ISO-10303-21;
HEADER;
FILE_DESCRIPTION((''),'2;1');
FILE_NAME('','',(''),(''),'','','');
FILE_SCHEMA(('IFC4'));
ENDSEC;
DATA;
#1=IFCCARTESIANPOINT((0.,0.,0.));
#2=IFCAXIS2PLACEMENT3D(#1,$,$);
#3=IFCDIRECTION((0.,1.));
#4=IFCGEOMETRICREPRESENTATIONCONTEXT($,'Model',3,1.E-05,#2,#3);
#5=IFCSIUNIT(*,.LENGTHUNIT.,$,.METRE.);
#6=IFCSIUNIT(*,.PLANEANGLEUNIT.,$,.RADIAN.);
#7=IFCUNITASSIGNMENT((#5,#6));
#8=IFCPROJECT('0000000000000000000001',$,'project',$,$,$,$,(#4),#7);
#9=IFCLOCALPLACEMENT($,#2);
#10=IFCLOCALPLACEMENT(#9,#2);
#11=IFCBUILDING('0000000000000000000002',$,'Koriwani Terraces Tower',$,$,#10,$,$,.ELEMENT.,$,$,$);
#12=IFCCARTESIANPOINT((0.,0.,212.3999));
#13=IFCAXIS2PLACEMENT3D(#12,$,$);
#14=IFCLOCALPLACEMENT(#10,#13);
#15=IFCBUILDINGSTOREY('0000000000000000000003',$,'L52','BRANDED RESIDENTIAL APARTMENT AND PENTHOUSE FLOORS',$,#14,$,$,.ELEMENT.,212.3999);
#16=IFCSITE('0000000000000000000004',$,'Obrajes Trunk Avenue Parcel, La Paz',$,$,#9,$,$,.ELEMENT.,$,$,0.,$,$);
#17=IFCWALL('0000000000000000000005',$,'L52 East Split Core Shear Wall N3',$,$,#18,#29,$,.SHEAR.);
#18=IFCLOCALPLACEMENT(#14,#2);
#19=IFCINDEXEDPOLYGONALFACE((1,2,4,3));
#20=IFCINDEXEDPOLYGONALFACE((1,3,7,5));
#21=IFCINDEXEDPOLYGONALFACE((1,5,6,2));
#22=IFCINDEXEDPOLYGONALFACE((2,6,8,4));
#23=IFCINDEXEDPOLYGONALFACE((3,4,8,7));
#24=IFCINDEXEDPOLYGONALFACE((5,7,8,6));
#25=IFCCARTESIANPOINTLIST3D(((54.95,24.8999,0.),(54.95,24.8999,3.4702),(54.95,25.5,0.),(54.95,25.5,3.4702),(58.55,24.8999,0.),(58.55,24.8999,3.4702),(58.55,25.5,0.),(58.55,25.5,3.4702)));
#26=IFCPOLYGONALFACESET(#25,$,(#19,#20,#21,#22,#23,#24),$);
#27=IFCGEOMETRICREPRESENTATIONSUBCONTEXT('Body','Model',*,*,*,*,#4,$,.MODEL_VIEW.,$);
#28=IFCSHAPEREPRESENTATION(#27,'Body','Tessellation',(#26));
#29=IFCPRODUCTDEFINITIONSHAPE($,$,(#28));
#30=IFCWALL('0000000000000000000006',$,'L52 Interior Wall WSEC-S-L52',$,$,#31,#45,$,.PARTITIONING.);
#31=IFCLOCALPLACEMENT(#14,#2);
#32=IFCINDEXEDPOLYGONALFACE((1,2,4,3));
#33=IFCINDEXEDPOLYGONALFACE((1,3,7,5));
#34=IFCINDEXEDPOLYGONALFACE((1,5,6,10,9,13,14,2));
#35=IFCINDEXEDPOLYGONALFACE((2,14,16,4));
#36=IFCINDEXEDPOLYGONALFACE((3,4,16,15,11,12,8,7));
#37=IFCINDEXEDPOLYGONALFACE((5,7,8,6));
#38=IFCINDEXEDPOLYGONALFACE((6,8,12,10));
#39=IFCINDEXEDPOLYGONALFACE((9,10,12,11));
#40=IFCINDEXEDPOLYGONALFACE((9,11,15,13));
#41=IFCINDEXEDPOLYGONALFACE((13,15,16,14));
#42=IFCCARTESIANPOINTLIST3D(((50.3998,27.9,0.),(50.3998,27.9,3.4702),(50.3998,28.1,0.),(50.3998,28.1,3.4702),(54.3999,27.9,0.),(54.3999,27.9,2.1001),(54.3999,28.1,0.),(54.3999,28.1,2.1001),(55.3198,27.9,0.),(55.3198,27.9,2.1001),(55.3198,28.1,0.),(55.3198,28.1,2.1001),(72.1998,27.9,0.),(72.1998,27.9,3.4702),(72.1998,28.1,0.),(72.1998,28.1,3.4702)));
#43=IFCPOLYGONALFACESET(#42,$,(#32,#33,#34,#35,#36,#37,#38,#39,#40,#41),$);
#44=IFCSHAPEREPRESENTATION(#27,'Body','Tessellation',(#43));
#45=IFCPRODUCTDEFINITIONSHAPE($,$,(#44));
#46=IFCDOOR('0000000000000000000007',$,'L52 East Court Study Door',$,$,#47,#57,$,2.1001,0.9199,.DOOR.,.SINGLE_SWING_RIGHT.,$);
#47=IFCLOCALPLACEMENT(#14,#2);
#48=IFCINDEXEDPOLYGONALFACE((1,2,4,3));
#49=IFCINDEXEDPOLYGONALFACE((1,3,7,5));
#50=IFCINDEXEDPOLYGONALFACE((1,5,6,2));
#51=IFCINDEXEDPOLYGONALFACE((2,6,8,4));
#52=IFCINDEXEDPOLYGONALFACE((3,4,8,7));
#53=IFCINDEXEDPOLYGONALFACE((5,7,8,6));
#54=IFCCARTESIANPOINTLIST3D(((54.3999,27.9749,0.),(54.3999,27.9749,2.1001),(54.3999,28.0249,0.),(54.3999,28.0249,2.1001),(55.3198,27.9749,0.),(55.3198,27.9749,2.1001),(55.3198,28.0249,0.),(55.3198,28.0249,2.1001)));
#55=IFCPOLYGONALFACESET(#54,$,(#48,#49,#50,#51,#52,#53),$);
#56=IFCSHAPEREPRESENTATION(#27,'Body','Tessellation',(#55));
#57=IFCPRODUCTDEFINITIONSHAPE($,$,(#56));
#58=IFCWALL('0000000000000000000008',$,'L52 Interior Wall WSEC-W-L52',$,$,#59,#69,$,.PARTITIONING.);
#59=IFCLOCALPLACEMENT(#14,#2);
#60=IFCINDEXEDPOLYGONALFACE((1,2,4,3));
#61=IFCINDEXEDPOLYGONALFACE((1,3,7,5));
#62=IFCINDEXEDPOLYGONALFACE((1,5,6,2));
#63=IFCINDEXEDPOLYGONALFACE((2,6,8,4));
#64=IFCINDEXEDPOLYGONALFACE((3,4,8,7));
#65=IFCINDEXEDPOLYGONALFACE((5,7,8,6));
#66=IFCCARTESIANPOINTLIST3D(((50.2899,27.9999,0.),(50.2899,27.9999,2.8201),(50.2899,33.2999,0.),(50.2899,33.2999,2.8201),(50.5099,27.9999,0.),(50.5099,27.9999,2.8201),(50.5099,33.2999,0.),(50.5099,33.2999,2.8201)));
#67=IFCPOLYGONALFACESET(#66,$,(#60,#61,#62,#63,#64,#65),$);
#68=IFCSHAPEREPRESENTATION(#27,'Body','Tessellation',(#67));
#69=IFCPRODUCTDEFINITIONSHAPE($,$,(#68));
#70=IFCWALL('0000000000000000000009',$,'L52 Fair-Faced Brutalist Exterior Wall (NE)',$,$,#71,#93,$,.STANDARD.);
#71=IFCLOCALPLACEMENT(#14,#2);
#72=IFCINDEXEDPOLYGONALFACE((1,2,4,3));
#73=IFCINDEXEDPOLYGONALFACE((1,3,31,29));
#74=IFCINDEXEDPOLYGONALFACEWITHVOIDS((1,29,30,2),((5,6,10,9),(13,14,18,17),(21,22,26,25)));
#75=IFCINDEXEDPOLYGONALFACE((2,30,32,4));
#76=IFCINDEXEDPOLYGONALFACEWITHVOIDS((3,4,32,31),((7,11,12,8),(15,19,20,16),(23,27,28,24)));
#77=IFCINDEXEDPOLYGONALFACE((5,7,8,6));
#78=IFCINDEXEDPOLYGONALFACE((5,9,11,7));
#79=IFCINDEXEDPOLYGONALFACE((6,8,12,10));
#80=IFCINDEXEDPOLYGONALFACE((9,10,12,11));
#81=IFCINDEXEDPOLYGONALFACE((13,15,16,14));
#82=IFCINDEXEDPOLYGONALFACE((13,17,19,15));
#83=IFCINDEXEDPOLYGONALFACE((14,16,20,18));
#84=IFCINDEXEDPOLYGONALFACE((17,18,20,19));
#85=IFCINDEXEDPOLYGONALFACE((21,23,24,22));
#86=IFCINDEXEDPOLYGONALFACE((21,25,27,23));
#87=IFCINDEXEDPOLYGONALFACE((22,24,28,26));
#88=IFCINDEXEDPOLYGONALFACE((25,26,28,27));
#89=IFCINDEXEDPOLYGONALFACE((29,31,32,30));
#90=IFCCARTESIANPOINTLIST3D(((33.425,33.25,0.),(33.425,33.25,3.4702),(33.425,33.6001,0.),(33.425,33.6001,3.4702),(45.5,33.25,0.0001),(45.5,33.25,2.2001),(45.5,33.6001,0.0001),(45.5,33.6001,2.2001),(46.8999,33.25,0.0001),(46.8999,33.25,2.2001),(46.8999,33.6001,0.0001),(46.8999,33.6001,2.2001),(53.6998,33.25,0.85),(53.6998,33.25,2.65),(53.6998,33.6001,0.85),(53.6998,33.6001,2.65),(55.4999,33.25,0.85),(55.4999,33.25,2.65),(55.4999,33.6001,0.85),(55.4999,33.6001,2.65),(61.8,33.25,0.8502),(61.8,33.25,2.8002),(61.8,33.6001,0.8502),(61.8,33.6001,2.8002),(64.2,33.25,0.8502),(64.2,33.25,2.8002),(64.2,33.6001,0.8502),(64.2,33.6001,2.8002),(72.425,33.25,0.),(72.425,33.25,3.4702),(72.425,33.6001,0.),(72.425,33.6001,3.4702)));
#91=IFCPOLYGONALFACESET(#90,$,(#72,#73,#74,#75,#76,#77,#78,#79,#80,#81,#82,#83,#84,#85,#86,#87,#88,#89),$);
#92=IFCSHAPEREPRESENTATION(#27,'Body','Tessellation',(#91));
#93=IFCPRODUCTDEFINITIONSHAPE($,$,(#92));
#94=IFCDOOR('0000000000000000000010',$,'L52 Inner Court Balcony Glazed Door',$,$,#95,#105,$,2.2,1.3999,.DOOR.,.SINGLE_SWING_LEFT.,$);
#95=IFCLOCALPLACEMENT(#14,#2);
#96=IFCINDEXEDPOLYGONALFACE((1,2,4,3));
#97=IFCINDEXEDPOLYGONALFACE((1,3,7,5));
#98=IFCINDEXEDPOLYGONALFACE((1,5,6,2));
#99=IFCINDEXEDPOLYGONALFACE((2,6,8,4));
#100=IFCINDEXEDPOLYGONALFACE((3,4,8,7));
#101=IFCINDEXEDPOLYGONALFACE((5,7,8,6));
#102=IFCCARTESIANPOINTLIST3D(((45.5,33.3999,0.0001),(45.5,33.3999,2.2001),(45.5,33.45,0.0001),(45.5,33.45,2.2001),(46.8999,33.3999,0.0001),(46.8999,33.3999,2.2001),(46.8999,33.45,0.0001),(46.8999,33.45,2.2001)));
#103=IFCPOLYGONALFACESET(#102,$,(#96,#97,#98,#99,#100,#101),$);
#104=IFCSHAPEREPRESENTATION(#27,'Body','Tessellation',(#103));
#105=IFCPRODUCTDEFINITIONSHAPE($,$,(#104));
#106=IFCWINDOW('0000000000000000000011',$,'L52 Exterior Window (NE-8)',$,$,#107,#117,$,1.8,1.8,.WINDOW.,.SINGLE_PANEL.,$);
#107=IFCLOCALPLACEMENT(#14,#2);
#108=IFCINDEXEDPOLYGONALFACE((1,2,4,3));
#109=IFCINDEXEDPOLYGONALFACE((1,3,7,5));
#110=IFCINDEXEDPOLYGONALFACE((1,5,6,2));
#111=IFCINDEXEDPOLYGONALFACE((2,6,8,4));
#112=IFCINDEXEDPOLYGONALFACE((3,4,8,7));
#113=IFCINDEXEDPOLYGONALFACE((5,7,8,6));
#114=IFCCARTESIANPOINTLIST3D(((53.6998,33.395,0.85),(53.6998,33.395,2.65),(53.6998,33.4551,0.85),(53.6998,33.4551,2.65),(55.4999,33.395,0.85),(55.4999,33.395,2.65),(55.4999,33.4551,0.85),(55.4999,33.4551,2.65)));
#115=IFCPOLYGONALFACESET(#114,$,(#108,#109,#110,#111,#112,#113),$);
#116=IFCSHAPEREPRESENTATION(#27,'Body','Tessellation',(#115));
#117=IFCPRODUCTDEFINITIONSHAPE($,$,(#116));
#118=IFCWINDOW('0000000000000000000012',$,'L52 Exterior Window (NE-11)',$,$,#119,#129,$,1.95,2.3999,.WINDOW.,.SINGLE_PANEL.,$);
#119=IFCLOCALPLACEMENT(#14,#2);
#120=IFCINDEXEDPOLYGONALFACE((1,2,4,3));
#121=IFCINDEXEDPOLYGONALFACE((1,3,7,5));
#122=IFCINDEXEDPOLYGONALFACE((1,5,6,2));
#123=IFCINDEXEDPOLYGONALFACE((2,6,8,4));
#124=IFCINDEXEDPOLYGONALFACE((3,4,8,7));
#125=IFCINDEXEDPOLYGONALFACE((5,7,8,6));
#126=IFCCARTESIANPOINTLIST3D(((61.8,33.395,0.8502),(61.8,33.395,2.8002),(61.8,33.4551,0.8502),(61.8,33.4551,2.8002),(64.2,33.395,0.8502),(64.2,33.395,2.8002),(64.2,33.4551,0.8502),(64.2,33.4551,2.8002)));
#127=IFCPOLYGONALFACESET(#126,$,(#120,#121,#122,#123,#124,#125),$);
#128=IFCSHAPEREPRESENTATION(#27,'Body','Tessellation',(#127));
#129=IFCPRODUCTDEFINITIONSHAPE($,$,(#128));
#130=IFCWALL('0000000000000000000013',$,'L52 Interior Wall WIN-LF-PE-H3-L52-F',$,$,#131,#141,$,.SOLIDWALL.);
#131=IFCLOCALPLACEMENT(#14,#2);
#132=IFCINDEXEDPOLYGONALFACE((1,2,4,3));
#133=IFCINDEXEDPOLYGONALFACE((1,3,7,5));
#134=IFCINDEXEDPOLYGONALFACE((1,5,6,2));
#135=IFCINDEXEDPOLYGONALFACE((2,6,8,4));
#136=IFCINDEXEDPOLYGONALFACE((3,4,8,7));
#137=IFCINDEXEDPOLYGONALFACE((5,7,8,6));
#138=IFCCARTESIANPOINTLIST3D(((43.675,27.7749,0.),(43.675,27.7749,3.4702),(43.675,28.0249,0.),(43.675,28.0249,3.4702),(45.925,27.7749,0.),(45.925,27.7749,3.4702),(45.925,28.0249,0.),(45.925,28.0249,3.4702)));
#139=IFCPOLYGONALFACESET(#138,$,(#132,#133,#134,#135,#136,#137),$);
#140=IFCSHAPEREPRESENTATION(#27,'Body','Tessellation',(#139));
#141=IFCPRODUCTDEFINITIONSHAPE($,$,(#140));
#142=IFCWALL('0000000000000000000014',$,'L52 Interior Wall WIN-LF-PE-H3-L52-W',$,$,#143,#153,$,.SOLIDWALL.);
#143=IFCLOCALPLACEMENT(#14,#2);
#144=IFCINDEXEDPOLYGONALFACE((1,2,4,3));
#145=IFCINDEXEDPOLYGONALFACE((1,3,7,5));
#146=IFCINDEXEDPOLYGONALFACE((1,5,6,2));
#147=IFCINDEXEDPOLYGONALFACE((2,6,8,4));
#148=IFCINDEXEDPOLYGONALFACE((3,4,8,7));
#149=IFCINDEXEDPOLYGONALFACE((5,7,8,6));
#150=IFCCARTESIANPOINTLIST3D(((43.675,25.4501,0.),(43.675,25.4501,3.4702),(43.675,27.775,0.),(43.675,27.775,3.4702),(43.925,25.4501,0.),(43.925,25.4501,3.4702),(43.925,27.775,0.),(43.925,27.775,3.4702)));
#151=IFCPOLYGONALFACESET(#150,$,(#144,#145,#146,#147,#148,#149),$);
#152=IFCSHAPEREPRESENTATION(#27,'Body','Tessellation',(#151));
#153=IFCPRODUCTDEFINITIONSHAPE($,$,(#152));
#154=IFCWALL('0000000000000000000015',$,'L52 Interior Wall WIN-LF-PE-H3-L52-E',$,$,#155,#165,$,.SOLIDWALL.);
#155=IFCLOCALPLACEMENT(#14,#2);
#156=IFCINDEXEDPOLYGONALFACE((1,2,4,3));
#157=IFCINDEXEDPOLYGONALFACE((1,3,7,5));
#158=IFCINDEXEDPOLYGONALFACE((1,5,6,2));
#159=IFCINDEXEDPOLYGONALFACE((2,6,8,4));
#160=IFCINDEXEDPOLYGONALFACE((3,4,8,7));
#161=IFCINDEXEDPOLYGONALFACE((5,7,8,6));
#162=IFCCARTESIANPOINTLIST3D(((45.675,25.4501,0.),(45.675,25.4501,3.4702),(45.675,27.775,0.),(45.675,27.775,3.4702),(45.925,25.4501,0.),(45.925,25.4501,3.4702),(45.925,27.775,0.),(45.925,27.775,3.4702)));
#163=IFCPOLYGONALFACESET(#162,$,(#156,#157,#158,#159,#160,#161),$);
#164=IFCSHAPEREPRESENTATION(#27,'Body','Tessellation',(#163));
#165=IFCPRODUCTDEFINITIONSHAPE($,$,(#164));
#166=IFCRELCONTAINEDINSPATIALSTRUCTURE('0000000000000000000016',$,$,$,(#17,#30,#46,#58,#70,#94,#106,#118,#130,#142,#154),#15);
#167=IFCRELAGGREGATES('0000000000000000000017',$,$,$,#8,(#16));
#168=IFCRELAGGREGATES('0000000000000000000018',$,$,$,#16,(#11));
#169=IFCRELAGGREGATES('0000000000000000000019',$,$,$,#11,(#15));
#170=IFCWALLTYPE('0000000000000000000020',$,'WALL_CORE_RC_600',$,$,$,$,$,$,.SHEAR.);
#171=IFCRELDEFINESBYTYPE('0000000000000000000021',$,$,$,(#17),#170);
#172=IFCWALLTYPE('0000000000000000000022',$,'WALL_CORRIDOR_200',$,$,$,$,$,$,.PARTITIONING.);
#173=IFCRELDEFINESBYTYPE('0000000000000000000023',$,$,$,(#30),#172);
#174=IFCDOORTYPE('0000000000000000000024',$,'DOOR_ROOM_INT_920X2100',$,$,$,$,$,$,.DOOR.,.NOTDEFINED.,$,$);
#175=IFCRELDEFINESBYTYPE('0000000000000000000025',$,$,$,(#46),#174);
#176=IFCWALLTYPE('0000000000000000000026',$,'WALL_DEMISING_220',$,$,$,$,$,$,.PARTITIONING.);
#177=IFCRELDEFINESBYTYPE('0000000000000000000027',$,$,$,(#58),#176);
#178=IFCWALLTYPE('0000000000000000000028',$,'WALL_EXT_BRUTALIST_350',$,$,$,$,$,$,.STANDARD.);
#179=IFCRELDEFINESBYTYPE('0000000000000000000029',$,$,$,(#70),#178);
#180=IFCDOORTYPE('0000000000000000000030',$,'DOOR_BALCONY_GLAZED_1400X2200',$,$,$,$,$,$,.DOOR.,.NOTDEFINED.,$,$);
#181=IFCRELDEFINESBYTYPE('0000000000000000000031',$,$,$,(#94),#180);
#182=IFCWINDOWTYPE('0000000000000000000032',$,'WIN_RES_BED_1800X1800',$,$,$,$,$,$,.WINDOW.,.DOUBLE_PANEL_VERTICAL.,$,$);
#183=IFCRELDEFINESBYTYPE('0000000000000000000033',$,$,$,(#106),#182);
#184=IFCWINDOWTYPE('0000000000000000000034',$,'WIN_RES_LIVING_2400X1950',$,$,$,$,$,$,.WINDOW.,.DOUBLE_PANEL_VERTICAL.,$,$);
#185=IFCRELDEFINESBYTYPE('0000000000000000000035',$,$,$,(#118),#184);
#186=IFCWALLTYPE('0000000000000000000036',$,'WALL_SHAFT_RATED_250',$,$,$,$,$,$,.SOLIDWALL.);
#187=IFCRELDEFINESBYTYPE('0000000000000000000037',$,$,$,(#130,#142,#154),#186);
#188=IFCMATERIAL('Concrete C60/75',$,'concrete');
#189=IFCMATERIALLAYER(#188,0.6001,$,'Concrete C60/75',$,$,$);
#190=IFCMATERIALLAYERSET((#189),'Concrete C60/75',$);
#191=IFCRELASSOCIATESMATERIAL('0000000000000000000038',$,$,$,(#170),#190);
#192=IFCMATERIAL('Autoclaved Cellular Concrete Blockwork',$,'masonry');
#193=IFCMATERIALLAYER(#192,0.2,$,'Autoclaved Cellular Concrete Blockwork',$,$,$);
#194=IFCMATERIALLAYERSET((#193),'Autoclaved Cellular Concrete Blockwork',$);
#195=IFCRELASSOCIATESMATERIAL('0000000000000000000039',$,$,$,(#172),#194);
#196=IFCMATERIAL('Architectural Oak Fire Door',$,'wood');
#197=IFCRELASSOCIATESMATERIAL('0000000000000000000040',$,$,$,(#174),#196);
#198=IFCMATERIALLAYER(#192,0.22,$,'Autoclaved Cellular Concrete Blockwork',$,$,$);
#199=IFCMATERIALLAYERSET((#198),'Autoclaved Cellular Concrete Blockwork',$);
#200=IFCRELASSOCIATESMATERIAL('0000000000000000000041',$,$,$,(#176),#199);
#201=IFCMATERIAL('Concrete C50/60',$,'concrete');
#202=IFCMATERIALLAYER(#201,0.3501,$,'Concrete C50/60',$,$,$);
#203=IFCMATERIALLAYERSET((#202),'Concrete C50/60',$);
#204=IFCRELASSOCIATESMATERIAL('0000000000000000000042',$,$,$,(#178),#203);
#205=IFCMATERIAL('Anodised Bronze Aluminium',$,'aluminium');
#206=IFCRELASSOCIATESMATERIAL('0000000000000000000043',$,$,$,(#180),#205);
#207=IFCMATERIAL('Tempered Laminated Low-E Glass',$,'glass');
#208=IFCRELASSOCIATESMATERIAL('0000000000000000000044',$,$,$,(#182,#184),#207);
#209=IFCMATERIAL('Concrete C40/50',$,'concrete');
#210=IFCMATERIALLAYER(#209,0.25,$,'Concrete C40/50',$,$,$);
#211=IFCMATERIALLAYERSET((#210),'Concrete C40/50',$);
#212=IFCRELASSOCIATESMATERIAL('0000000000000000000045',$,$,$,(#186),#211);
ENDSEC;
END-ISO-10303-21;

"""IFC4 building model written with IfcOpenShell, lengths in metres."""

from ifc_helpers import new_model, si_unit, direction, frame, frame_2d, origin, place, context, subcontext, project, spatial, rectangle, extrude, material, layer, layer_set, type_object, element, fill, save


model = new_model("IFC4")

# Units and contexts
model_context = context("Model", 3, precision=1e-05, world=origin(), true_north=direction((0.0, 1.0)))
body_context = subcontext(model_context, "Body", "Model", "MODEL_VIEW")
ifc_project = project(units=[si_unit("LENGTHUNIT", "METRE"), si_unit("PLANEANGLEUNIT", "RADIAN")], contexts=[model_context])

# Site, building, storey
site_placement = place(None, origin())
site = spatial("IfcSite", under=ifc_project, at=site_placement, Name="Obrajes Trunk Avenue Parcel, La Paz", CompositionType="ELEMENT", RefElevation=0.0)
building_placement = place(site_placement, origin())
building = spatial("IfcBuilding", under=site, at=building_placement, Name="Koriwani Terraces Tower", CompositionType="ELEMENT")
storey_placement = place(building_placement, frame((0.0, 0.0, 212.3999)))
storey = spatial("IfcBuildingStorey", under=building, at=storey_placement, Name="L52", Description="BRANDED RESIDENTIAL APARTMENT AND PENTHOUSE FLOORS", CompositionType="ELEMENT", Elevation=212.3999)

# Shared definitions
ifc_material_1 = material(Name="Concrete C50/60", Category="concrete")

# Shared definitions
ifc_material_2 = material(Name="Concrete C40/50", Category="concrete")

# Wall
ifc_material_3 = material(Name="Concrete C60/75", Category="concrete")
ifc_layer_1 = layer(ifc_material_3, 0.6001, Name="Concrete C60/75")
ifc_layer_set_1 = layer_set([ifc_layer_1], Name="Concrete C60/75")
wall_type_1 = type_object("IfcWallType", Name="WALL_CORE_RC_600", PredefinedType="SHEAR", material=ifc_layer_set_1)
wall_1_placement = place(storey_placement, frame((54.95, 25.2, 0.0), z_axis=(0.0, 0.0, 1.0), x_axis=(1.0, 0.0, 0.0)))
element("IfcWall", 1, at=wall_1_placement, inside=storey, type_object=wall_type_1, Name="L52 East Split Core Shear Wall N3", PredefinedType="SHEAR", context=body_context, shape_type="SweptSolid", body=[
    extrude(rectangle(XDim=3.6001, YDim=0.6001, at=frame_2d((1.8, 0.0))), origin(), (0.0, 0.0, 1.0), 3.4702),
])

# Wall, opening, door
ifc_material_4 = material(Name="Autoclaved Cellular Concrete Blockwork", Category="masonry")
ifc_layer_2 = layer(ifc_material_4, 0.2, Name="Autoclaved Cellular Concrete Blockwork")
ifc_layer_set_2 = layer_set([ifc_layer_2], Name="Autoclaved Cellular Concrete Blockwork")
wall_type_2 = type_object("IfcWallType", Name="WALL_CORRIDOR_200", PredefinedType="PARTITIONING", material=ifc_layer_set_2)
wall_2_placement = place(storey_placement, frame((50.3999, 28.0, 0.0), z_axis=(0.0, 0.0, 1.0), x_axis=(1.0, 0.0, 0.0)))
wall_2 = element("IfcWall", 2, at=wall_2_placement, inside=storey, type_object=wall_type_2, Name="L52 Interior Wall WSEC-S-L52", PredefinedType="PARTITIONING", context=body_context, shape_type="SweptSolid", body=[
    extrude(rectangle(XDim=21.8, YDim=0.2, at=frame_2d((10.8999, 0.0))), origin(), (0.0, 0.0, 1.0), 3.4702),
])
opening_1_placement = place(wall_2_placement, frame((4.0, 0.0, 0.0)))
opening_1 = element("IfcOpeningElement", 3, at=opening_1_placement, cuts=wall_2, PredefinedType="OPENING", context=body_context, shape_type="SweptSolid", body=[
    extrude(rectangle(XDim=0.9199, YDim=2.1001, at=frame_2d((0.46, 1.05))), frame((0.0, 0.1099, 0.0), z_axis=(0.0, -1.0, 0.0), x_axis=(1.0, 0.0, 0.0)), (0.0, 0.0, 1.0), 0.22),
])
ifc_material_5 = material(Name="Architectural Oak Fire Door", Category="wood")
door_type_1 = type_object("IfcDoorType", Name="DOOR_ROOM_INT_920X2100", OperationType="NOTDEFINED", PredefinedType="DOOR", material=ifc_material_5)
door_1_placement = place(opening_1_placement, origin())
door_1 = element("IfcDoor", 4, at=door_1_placement, inside=storey, type_object=door_type_1, Name="L52 East Court Study Door", OperationType="SINGLE_SWING_RIGHT", OverallHeight=2.1001, OverallWidth=0.9199, PredefinedType="DOOR", context=body_context, shape_type="SweptSolid", body=[
    extrude(rectangle(XDim=0.9199, YDim=2.1001, at=frame_2d((0.46, 1.05))), frame((0.0, 0.0249, 0.0), z_axis=(0.0, -1.0, 0.0), x_axis=(1.0, 0.0, 0.0)), (0.0, 0.0, 1.0), 0.05),
])
fill(opening_1, door_1)

# Wall
ifc_layer_3 = layer(ifc_material_4, 0.22, Name="Autoclaved Cellular Concrete Blockwork")
ifc_layer_set_3 = layer_set([ifc_layer_3], Name="Autoclaved Cellular Concrete Blockwork")
wall_type_3 = type_object("IfcWallType", Name="WALL_DEMISING_220", PredefinedType="PARTITIONING", material=ifc_layer_set_3)
wall_3_placement = place(storey_placement, frame((50.3999, 28.0, 0.0), z_axis=(0.0, 0.0, 1.0), x_axis=(0.0, 1.0, 0.0)))
element("IfcWall", 5, at=wall_3_placement, inside=storey, type_object=wall_type_3, Name="L52 Interior Wall WSEC-W-L52", PredefinedType="PARTITIONING", context=body_context, shape_type="SweptSolid", body=[
    extrude(rectangle(XDim=5.3, YDim=0.22, at=frame_2d((2.6499, 0.0))), origin(), (0.0, 0.0, 1.0), 2.8201),
])

# Wall, openings, door, windows
ifc_layer_4 = layer(ifc_material_1, 0.3501, Name="Concrete C50/60")
ifc_layer_set_4 = layer_set([ifc_layer_4], Name="Concrete C50/60")
wall_type_4 = type_object("IfcWallType", Name="WALL_EXT_BRUTALIST_350", PredefinedType="STANDARD", material=ifc_layer_set_4)
wall_4_placement = place(storey_placement, frame((33.425, 33.425, 0.0), z_axis=(0.0, 0.0, 1.0), x_axis=(1.0, 0.0, 0.0)))
wall_4 = element("IfcWall", 6, at=wall_4_placement, inside=storey, type_object=wall_type_4, Name="L52 Fair-Faced Brutalist Exterior Wall (NE)", PredefinedType="STANDARD", context=body_context, shape_type="SweptSolid", body=[
    extrude(rectangle(XDim=39.0, YDim=0.3501, at=frame_2d((19.5, 0.0))), origin(), (0.0, 0.0, 1.0), 3.4702),
])
opening_2_placement = place(wall_4_placement, frame((12.075, 0.0, 0.0)))
opening_2 = element("IfcOpeningElement", 7, at=opening_2_placement, cuts=wall_4, PredefinedType="OPENING", context=body_context, shape_type="SweptSolid", body=[
    extrude(rectangle(XDim=1.3999, YDim=2.2, at=frame_2d((0.7, 1.1001))), frame((0.0, 0.1851, 0.0), z_axis=(0.0, -1.0, 0.0), x_axis=(1.0, 0.0, 0.0)), (0.0, 0.0, 1.0), 0.3701),
])
opening_3_placement = place(wall_4_placement, frame((20.2749, 0.0, 0.8501)))
opening_3 = element("IfcOpeningElement", 8, at=opening_3_placement, cuts=wall_4, PredefinedType="OPENING", context=body_context, shape_type="SweptSolid", body=[
    extrude(rectangle(XDim=1.8, YDim=1.8, at=frame_2d((0.8999, 0.8999))), frame((0.0, 0.1851, 0.0), z_axis=(0.0, -1.0, 0.0), x_axis=(1.0, 0.0, 0.0)), (0.0, 0.0, 1.0), 0.3701),
])
opening_4_placement = place(wall_4_placement, frame((28.375, 0.0, 0.8501)))
opening_4 = element("IfcOpeningElement", 9, at=opening_4_placement, cuts=wall_4, PredefinedType="OPENING", context=body_context, shape_type="SweptSolid", body=[
    extrude(rectangle(XDim=2.3999, YDim=1.95, at=frame_2d((1.2, 0.9751))), frame((0.0, 0.1851, 0.0), z_axis=(0.0, -1.0, 0.0), x_axis=(1.0, 0.0, 0.0)), (0.0, 0.0, 1.0), 0.3701),
])
ifc_material_6 = material(Name="Anodised Bronze Aluminium", Category="aluminium")
door_type_2 = type_object("IfcDoorType", Name="DOOR_BALCONY_GLAZED_1400X2200", OperationType="NOTDEFINED", PredefinedType="DOOR", material=ifc_material_6)
door_2_placement = place(opening_2_placement, origin())
door_2 = element("IfcDoor", 10, at=door_2_placement, inside=storey, type_object=door_type_2, Name="L52 Inner Court Balcony Glazed Door", OperationType="SINGLE_SWING_LEFT", OverallHeight=2.2, OverallWidth=1.3999, PredefinedType="DOOR", context=body_context, shape_type="SweptSolid", body=[
    extrude(rectangle(XDim=1.3999, YDim=2.2, at=frame_2d((0.7, 1.1001))), frame((0.0, 0.0249, 0.0), z_axis=(0.0, -1.0, 0.0), x_axis=(1.0, 0.0, 0.0)), (0.0, 0.0, 1.0), 0.05),
])
fill(opening_2, door_2)
ifc_material_7 = material(Name="Tempered Laminated Low-E Glass", Category="glass")
window_type_1 = type_object("IfcWindowType", Name="WIN_RES_BED_1800X1800", PartitioningType="DOUBLE_PANEL_VERTICAL", PredefinedType="WINDOW", material=ifc_material_7)
window_1_placement = place(opening_3_placement, origin())
window_1 = element("IfcWindow", 11, at=window_1_placement, inside=storey, type_object=window_type_1, Name="L52 Exterior Window (NE-8)", OverallHeight=1.8, OverallWidth=1.8, PartitioningType="SINGLE_PANEL", PredefinedType="WINDOW", context=body_context, shape_type="SweptSolid", body=[
    extrude(rectangle(XDim=1.8, YDim=1.8, at=frame_2d((0.8999, 0.8999))), frame((0.0, 0.03, 0.0), z_axis=(0.0, -1.0, 0.0), x_axis=(1.0, 0.0, 0.0)), (0.0, 0.0, 1.0), 0.0601),
])
fill(opening_3, window_1)
window_type_2 = type_object("IfcWindowType", Name="WIN_RES_LIVING_2400X1950", PartitioningType="DOUBLE_PANEL_VERTICAL", PredefinedType="WINDOW", material=ifc_material_7)
window_2_placement = place(opening_4_placement, origin())
window_2 = element("IfcWindow", 12, at=window_2_placement, inside=storey, type_object=window_type_2, Name="L52 Exterior Window (NE-11)", OverallHeight=1.95, OverallWidth=2.3999, PartitioningType="SINGLE_PANEL", PredefinedType="WINDOW", context=body_context, shape_type="SweptSolid", body=[
    extrude(rectangle(XDim=2.3999, YDim=1.95, at=frame_2d((1.2, 0.9751))), frame((0.0, 0.03, 0.0), z_axis=(0.0, -1.0, 0.0), x_axis=(1.0, 0.0, 0.0)), (0.0, 0.0, 1.0), 0.0601),
])
fill(opening_4, window_2)

# Shared definitions
ifc_layer_5 = layer(ifc_material_2, 0.25, Name="Concrete C40/50")
ifc_layer_set_5 = layer_set([ifc_layer_5], Name="Concrete C40/50")
wall_type_5 = type_object("IfcWallType", Name="WALL_SHAFT_RATED_250", PredefinedType="SOLIDWALL", material=ifc_layer_set_5)

# Walls
wall_5_placement = place(storey_placement, frame((43.675, 27.8999, 0.0), z_axis=(0.0, 0.0, 1.0), x_axis=(1.0, 0.0, 0.0)))
element("IfcWall", 13, at=wall_5_placement, inside=storey, type_object=wall_type_5, Name="L52 Interior Wall WIN-LF-PE-H3-L52-F", PredefinedType="SOLIDWALL", context=body_context, shape_type="SweptSolid", body=[
    extrude(rectangle(XDim=2.25, YDim=0.25, at=frame_2d((1.125, 0.0))), origin(), (0.0, 0.0, 1.0), 3.4702),
])
for number, where, z_axis, x_axis, name in (
    (14, (43.8, 25.45, 0.0), (0.0, 0.0, 1.0), (0.0, 1.0, 0.0), "L52 Interior Wall WIN-LF-PE-H3-L52-W"),
    (15, (45.8, 25.45, 0.0), (0.0, 0.0, 1.0), (0.0, 1.0, 0.0), "L52 Interior Wall WIN-LF-PE-H3-L52-E"),
):
    element("IfcWall", number, at=place(storey_placement, frame(where, z_axis=z_axis, x_axis=x_axis)), inside=storey, type_object=wall_type_5, Name=name, PredefinedType="SOLIDWALL", context=body_context, shape_type="SweptSolid", body=[
        extrude(rectangle(XDim=2.325, YDim=0.25, at=frame_2d((1.1626, 0.0))), origin(), (0.0, 0.0, 1.0), 3.4702),
    ])

save(model, "model.ifc")
